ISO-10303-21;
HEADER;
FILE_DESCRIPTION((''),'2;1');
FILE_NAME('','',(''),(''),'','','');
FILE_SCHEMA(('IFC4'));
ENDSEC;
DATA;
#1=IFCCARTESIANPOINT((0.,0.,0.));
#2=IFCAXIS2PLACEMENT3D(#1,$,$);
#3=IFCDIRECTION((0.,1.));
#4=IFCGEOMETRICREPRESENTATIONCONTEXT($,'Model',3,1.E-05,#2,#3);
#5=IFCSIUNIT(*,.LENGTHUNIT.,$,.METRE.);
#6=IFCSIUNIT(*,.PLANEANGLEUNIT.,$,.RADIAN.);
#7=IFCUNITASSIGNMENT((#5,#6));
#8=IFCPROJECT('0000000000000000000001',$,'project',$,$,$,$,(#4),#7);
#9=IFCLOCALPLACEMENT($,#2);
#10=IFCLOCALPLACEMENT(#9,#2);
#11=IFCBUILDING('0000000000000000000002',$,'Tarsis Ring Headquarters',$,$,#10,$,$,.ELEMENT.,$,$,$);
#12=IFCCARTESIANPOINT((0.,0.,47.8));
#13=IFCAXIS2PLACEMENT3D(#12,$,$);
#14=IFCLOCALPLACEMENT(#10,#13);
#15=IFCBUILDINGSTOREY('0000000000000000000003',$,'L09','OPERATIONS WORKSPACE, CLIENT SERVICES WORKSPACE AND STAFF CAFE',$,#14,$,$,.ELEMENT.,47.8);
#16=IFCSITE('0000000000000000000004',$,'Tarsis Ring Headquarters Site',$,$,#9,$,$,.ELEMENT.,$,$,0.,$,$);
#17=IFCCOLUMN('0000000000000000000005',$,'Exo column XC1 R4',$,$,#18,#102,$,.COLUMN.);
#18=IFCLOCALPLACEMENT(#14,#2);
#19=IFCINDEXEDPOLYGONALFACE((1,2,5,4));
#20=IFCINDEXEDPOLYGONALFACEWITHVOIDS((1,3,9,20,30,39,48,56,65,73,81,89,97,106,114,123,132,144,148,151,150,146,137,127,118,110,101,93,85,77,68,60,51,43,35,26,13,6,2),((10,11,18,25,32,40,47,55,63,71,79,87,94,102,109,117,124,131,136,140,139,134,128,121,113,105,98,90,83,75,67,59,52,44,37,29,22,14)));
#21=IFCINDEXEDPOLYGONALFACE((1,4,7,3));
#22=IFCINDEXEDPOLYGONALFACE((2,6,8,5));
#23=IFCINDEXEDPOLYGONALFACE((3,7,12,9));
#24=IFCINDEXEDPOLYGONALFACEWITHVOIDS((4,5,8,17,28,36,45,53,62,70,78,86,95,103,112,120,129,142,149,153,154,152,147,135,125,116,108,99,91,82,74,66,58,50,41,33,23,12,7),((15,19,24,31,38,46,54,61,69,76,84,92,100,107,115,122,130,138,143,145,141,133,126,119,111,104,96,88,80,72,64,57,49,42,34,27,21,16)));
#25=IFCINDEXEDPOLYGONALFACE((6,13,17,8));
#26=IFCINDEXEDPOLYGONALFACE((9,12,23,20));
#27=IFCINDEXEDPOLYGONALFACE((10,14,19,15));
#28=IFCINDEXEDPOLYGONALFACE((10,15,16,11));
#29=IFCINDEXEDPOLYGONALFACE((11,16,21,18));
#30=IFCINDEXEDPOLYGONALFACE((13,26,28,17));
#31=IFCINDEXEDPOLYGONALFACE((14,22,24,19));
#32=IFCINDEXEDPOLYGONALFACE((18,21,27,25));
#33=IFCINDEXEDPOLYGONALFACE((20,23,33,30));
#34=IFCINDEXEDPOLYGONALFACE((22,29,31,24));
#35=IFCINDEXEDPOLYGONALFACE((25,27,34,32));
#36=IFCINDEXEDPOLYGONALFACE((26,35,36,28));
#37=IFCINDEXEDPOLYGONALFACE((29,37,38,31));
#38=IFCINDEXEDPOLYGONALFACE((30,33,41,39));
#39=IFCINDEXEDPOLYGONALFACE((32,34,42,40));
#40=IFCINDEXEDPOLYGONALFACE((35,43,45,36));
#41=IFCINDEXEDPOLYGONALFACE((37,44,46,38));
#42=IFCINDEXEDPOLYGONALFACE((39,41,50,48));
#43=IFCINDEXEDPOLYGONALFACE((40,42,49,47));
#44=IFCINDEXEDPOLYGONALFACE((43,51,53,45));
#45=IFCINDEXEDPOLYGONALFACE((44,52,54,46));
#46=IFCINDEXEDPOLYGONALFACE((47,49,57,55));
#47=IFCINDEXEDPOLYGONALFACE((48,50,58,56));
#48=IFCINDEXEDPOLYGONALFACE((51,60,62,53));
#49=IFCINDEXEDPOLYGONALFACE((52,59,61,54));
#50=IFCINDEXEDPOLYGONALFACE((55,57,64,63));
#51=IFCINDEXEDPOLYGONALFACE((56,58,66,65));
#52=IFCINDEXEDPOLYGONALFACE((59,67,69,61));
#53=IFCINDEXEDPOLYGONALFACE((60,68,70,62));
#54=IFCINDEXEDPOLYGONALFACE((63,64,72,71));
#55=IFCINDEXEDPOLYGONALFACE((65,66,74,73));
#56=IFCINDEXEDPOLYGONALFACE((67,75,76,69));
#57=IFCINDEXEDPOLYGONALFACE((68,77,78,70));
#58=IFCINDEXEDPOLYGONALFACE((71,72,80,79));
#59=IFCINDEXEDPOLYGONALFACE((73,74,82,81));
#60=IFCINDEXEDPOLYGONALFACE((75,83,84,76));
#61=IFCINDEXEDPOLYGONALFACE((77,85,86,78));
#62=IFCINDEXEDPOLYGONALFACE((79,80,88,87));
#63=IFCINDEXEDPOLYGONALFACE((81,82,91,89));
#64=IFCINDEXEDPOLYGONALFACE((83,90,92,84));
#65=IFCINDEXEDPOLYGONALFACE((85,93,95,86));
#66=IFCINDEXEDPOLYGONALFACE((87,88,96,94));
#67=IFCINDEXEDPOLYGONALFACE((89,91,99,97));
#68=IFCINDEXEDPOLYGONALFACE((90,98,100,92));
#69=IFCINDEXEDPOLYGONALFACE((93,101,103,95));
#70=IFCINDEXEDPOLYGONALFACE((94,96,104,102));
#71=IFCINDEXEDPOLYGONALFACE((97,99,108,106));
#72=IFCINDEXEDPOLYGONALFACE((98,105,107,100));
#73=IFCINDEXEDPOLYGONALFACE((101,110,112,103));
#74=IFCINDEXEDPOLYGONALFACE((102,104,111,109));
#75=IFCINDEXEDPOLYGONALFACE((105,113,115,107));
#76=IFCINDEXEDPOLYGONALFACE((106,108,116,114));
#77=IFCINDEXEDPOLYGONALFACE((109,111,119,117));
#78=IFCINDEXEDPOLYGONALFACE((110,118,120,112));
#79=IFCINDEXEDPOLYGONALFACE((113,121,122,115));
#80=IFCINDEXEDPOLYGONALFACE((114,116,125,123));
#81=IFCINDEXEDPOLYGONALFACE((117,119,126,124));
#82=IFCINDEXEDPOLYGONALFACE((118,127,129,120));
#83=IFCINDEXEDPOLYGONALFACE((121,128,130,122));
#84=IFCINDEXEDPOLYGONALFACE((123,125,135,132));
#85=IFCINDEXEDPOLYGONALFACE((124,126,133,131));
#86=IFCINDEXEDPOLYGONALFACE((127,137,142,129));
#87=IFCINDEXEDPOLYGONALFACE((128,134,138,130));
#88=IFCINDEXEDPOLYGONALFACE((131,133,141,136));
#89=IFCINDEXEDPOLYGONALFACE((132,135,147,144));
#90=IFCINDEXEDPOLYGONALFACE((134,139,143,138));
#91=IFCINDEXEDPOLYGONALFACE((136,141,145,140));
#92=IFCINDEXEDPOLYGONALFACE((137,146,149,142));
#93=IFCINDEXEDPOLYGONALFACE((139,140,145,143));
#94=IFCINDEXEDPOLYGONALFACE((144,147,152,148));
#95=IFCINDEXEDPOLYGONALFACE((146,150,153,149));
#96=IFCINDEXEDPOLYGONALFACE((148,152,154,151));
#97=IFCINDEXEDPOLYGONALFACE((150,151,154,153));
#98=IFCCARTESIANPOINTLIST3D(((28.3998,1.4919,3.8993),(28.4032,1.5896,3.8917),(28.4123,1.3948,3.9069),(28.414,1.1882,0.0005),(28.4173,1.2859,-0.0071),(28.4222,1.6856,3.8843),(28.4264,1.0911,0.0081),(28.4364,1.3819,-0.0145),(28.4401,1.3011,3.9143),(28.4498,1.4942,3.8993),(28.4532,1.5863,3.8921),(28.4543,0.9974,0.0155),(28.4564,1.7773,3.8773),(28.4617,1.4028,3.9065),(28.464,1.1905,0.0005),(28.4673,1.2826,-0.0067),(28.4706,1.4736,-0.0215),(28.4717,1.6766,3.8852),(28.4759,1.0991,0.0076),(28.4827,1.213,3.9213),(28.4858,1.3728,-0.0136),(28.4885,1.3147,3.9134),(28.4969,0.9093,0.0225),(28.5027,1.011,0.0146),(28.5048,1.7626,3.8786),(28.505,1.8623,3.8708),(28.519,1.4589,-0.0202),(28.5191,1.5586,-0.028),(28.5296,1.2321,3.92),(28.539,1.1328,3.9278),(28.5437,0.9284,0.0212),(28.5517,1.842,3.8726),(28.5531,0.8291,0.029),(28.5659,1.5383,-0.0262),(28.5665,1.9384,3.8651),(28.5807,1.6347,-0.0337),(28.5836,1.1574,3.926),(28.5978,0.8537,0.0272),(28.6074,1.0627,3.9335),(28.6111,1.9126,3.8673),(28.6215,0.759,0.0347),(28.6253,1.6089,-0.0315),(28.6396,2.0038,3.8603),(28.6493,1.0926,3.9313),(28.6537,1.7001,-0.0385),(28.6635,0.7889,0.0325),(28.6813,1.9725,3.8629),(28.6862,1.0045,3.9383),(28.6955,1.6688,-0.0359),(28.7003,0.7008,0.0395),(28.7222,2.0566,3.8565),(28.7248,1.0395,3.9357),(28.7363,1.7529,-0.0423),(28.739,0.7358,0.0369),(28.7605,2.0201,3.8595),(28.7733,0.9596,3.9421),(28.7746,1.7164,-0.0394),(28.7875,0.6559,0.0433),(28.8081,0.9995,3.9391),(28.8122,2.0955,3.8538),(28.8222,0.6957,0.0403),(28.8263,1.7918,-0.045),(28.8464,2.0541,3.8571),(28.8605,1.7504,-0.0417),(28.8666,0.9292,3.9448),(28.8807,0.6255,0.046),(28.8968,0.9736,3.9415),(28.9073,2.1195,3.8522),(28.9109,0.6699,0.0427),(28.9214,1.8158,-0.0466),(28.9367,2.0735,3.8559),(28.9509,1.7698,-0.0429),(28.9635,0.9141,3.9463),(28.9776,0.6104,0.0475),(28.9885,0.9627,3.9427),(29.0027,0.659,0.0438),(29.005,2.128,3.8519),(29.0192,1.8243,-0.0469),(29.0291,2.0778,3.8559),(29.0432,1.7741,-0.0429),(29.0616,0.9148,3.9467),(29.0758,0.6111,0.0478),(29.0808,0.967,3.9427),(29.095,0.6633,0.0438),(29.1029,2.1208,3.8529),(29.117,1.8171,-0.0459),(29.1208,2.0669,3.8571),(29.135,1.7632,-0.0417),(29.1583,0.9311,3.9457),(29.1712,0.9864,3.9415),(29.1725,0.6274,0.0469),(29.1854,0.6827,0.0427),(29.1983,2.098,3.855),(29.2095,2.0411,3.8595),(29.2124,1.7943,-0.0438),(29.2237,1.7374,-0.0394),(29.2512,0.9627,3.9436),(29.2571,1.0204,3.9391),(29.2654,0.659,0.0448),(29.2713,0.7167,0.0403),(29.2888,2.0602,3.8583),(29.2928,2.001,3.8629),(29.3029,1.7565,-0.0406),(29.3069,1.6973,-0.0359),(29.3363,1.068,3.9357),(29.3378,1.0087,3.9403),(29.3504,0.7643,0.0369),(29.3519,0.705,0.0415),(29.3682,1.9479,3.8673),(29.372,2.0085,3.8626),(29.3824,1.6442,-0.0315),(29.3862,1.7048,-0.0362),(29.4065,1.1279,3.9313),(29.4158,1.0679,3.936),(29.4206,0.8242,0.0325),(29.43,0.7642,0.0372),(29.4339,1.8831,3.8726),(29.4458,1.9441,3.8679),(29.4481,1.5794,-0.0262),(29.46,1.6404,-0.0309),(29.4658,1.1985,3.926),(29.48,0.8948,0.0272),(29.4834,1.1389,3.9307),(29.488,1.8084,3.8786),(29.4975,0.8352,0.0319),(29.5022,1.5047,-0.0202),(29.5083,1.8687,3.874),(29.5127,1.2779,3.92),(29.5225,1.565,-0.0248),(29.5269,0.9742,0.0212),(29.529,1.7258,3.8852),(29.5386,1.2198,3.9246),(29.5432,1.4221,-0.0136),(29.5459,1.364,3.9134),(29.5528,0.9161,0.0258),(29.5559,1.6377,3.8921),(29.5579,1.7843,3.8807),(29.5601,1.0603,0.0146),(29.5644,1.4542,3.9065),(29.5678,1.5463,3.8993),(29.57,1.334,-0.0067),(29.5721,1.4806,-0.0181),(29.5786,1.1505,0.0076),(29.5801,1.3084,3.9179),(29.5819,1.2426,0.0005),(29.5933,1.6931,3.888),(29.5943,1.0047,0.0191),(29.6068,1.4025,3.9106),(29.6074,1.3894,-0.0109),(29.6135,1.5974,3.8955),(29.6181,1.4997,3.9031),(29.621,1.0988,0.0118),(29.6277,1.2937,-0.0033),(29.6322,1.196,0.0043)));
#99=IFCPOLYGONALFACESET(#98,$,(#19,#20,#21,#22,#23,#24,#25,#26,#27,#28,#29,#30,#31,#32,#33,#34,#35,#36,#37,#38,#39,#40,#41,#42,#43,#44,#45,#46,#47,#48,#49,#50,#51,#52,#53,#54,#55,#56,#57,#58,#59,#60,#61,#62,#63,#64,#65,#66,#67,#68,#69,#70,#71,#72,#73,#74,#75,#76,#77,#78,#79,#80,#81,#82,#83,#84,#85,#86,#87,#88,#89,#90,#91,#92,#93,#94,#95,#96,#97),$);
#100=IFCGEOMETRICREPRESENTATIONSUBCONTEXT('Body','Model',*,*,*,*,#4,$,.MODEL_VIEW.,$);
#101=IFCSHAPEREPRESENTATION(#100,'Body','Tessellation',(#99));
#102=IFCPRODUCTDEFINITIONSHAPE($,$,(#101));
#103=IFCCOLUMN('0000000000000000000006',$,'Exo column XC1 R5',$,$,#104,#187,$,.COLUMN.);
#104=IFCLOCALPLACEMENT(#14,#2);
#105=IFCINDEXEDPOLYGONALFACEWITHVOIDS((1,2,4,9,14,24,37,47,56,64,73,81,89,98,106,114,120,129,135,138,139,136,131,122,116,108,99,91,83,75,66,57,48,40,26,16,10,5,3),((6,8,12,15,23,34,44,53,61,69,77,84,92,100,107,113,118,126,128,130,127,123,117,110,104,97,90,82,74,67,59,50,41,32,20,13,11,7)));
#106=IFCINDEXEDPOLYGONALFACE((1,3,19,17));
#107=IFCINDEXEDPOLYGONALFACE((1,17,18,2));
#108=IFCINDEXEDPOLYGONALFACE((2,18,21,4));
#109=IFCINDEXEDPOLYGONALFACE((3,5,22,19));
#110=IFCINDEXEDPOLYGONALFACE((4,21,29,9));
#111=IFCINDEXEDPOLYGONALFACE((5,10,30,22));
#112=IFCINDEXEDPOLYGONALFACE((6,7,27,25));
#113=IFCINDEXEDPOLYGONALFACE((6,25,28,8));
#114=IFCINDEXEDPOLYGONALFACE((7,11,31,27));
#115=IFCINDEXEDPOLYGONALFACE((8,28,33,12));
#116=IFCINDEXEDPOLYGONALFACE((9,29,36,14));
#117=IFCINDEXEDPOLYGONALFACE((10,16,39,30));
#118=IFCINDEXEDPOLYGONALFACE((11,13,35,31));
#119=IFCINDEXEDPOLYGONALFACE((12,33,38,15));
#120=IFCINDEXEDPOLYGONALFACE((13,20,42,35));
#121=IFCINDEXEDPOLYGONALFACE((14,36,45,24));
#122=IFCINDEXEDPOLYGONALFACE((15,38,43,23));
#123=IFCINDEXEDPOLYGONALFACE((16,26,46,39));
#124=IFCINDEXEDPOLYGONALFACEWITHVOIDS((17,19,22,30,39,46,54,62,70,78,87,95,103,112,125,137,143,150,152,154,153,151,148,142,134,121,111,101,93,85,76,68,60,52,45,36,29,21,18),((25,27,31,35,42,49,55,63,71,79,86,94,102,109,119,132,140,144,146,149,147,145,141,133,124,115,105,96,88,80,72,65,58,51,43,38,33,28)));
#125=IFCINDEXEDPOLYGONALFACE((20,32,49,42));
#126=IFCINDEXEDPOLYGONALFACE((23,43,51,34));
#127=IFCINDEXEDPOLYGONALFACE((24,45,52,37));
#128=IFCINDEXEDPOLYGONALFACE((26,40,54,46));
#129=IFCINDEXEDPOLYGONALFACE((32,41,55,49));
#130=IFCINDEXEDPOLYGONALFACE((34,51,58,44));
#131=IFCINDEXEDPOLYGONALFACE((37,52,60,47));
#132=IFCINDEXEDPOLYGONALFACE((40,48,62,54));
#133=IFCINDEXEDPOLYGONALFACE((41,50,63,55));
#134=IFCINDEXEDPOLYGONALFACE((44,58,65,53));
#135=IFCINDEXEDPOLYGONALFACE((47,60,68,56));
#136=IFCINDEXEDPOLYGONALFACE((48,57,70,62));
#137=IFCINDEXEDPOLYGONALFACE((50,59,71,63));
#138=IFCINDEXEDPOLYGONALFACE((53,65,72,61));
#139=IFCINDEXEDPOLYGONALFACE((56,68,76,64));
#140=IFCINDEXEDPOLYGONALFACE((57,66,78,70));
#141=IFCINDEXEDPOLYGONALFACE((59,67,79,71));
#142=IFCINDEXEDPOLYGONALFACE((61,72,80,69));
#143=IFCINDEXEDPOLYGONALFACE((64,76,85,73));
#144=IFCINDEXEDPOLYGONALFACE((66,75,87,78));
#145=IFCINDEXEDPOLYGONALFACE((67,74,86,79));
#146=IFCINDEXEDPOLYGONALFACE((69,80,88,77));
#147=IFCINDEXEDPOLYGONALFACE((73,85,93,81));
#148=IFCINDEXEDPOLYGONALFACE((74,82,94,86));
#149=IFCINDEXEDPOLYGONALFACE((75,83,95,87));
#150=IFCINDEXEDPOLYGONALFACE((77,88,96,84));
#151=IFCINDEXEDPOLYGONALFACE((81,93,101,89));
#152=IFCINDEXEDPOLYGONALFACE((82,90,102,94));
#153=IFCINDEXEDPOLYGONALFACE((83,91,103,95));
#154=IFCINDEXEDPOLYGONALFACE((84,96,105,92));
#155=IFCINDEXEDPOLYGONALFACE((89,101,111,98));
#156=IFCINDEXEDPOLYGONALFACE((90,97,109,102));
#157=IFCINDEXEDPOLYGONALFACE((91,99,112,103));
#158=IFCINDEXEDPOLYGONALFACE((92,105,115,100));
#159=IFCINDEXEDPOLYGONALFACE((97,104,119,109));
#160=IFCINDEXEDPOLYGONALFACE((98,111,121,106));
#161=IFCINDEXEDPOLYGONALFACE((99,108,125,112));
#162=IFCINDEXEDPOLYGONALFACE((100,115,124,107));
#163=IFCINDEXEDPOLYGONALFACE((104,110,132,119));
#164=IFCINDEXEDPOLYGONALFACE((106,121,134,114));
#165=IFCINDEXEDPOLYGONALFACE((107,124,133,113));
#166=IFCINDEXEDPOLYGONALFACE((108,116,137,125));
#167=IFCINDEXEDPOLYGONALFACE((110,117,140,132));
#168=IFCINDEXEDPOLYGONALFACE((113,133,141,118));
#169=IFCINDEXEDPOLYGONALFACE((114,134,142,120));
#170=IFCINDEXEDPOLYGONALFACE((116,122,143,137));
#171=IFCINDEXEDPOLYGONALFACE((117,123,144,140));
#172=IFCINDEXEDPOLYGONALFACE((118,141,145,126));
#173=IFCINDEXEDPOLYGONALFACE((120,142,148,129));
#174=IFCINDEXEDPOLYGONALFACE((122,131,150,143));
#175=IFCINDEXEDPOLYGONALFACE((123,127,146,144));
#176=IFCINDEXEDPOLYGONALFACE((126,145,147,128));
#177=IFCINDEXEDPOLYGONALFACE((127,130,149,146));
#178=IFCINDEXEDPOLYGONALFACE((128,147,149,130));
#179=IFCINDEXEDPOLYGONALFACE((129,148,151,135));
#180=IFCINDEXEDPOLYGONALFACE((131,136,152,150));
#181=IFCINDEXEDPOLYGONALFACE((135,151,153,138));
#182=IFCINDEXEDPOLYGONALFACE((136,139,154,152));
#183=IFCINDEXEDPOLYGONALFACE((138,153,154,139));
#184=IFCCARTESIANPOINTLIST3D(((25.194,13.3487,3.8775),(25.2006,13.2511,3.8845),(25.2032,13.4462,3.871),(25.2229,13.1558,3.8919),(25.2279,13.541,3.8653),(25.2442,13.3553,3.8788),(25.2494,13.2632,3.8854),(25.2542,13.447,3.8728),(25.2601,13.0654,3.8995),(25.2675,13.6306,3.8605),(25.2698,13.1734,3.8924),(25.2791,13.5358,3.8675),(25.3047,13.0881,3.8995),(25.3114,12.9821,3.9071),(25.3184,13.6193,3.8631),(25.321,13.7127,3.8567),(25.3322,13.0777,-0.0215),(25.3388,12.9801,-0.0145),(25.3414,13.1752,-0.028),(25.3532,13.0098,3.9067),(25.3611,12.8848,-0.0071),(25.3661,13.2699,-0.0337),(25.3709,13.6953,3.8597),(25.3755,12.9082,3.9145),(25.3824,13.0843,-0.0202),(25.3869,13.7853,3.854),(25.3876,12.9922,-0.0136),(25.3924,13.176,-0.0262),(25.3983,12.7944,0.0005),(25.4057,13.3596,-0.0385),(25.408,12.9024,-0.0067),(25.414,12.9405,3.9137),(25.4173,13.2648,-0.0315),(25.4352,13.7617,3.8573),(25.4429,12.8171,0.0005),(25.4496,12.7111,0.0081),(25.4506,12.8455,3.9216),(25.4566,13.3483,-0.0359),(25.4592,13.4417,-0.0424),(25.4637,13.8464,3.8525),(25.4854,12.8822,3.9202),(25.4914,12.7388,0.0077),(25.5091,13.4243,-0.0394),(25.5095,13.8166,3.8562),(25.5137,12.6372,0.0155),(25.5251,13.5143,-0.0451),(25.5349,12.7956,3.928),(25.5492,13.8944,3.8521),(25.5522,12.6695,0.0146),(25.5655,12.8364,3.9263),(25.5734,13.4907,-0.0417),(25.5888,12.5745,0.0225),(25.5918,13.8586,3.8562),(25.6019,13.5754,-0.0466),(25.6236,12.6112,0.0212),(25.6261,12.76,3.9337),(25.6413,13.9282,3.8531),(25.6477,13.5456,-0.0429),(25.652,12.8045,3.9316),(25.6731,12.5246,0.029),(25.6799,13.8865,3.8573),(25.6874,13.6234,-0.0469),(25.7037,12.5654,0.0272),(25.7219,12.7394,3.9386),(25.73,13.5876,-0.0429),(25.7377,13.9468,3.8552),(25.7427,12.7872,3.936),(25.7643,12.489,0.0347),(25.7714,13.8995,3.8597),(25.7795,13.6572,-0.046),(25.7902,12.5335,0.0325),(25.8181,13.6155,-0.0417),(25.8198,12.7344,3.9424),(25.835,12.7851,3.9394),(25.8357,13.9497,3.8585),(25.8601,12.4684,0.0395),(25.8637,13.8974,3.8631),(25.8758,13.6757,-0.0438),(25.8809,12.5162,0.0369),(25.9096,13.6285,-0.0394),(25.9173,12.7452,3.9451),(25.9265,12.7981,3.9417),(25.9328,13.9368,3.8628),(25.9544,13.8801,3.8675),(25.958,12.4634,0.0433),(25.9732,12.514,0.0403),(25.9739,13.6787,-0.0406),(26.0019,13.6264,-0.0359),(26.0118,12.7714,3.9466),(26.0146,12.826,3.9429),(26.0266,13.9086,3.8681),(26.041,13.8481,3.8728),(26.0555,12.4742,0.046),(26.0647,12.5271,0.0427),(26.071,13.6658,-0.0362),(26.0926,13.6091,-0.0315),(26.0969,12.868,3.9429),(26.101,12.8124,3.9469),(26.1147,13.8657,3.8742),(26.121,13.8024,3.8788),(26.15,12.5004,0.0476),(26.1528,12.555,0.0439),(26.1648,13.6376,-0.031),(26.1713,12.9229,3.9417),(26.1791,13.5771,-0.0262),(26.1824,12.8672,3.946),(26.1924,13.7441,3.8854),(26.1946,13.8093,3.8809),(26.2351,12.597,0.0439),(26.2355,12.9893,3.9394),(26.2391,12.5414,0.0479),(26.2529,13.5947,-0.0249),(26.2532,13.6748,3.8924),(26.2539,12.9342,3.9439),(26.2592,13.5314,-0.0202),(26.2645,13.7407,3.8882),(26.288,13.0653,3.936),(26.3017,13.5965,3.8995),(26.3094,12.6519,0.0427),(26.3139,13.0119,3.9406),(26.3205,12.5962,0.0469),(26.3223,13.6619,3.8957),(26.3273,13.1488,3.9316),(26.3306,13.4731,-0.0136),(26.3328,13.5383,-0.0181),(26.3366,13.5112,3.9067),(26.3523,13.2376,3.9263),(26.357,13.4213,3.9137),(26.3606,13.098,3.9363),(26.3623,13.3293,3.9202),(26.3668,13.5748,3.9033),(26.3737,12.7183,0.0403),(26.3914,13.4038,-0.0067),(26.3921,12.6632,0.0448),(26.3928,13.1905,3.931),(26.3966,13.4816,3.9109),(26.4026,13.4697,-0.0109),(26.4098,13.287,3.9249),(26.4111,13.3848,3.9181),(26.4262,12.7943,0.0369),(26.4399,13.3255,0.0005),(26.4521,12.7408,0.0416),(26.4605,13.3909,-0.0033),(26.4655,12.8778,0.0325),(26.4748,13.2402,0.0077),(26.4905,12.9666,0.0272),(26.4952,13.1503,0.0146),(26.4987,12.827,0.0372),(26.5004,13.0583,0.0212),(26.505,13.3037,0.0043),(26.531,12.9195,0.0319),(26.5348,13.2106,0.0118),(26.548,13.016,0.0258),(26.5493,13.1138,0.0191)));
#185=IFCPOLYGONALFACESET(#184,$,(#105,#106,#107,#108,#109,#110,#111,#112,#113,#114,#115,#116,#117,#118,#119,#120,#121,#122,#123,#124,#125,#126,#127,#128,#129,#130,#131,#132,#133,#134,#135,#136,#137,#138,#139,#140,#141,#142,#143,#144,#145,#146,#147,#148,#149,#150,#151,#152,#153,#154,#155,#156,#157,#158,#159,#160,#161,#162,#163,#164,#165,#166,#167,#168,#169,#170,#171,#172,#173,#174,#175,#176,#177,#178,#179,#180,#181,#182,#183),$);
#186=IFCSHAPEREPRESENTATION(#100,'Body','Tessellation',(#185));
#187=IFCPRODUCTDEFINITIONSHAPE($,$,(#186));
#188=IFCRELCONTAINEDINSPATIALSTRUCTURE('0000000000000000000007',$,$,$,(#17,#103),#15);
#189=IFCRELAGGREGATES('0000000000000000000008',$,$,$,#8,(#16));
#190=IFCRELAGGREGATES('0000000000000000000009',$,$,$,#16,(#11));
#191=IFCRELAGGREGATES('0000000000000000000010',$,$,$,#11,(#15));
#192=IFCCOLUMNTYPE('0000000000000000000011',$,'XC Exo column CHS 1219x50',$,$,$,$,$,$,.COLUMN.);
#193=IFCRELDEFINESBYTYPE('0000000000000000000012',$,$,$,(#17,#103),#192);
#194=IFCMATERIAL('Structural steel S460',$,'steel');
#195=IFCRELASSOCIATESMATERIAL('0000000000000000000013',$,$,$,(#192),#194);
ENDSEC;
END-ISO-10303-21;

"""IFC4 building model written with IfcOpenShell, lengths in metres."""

from ifc_helpers import new_model, si_unit, direction, frame, origin, origin_2d, place, context, subcontext, project, spatial, hollow_circle, extrude, material, material_profile, profile_set, type_object, element, save


model = new_model("IFC4")

# Units and contexts
model_context = context("Model", 3, precision=1e-05, world=origin(), true_north=direction((0.0, 1.0)))
body_context = subcontext(model_context, "Body", "Model", "MODEL_VIEW")
ifc_project = project(units=[si_unit("LENGTHUNIT", "METRE"), si_unit("PLANEANGLEUNIT", "RADIAN")], contexts=[model_context])

# Site, building, storey
site_placement = place(None, origin())
site = spatial("IfcSite", under=ifc_project, at=site_placement, Name="Tarsis Ring Headquarters Site", CompositionType="ELEMENT", RefElevation=0.0)
building_placement = place(site_placement, origin())
building = spatial("IfcBuilding", under=site, at=building_placement, Name="Tarsis Ring Headquarters", CompositionType="ELEMENT")
storey_placement = place(building_placement, frame((0.0, 0.0, 47.8)))
storey = spatial("IfcBuildingStorey", under=building, at=storey_placement, Name="L09", Description="OPERATIONS WORKSPACE, CLIENT SERVICES WORKSPACE AND STAFF CAFE", CompositionType="ELEMENT", Elevation=47.8)

# Columns
ifc_material_1 = material(Name="Structural steel S460", Category="steel")
ifc_material_profile_1 = material_profile(ifc_material_1, hollow_circle(Radius=0.6096, WallThickness=0.05, at=origin_2d()), Name="CHS 1219x50")
ifc_profile_set_1 = profile_set([ifc_material_profile_1], Name="Structural steel S460")
column_type = type_object("IfcColumnType", Name="XC Exo column CHS 1219x50", PredefinedType="COLUMN", material=ifc_profile_set_1)
column_1_placement = place(storey_placement, frame((29.0229, 1.2166, 0.0005), z_axis=(-0.003621, 0.07766, 0.996973), x_axis=(-0.998915, -0.046573, 0.0)))
element("IfcColumn", 1, at=column_1_placement, inside=storey, type_object=column_type, Name="Exo column XC1 R4", PredefinedType="COLUMN", context=body_context, shape_type="SweptSolid", body=[
    extrude(hollow_circle(Radius=0.6096, WallThickness=0.05, at=origin_2d()), origin(), (0.0, 0.0, 1.0), 3.9106),
])
column_2_placement = place(storey_placement, frame((25.9414, 13.0713, 0.0005), z_axis=(-0.035334, 0.069295, 0.99697), x_axis=(-0.890868, -0.454262, 0.0)))
element("IfcColumn", 2, at=column_2_placement, inside=storey, type_object=column_type, Name="Exo column XC1 R5", PredefinedType="COLUMN", context=body_context, shape_type="SweptSolid", body=[
    extrude(hollow_circle(Radius=0.6096, WallThickness=0.05, at=origin_2d()), origin(), (0.0, 0.0, 1.0), 3.9109),
])

save(model, "model.ifc")
